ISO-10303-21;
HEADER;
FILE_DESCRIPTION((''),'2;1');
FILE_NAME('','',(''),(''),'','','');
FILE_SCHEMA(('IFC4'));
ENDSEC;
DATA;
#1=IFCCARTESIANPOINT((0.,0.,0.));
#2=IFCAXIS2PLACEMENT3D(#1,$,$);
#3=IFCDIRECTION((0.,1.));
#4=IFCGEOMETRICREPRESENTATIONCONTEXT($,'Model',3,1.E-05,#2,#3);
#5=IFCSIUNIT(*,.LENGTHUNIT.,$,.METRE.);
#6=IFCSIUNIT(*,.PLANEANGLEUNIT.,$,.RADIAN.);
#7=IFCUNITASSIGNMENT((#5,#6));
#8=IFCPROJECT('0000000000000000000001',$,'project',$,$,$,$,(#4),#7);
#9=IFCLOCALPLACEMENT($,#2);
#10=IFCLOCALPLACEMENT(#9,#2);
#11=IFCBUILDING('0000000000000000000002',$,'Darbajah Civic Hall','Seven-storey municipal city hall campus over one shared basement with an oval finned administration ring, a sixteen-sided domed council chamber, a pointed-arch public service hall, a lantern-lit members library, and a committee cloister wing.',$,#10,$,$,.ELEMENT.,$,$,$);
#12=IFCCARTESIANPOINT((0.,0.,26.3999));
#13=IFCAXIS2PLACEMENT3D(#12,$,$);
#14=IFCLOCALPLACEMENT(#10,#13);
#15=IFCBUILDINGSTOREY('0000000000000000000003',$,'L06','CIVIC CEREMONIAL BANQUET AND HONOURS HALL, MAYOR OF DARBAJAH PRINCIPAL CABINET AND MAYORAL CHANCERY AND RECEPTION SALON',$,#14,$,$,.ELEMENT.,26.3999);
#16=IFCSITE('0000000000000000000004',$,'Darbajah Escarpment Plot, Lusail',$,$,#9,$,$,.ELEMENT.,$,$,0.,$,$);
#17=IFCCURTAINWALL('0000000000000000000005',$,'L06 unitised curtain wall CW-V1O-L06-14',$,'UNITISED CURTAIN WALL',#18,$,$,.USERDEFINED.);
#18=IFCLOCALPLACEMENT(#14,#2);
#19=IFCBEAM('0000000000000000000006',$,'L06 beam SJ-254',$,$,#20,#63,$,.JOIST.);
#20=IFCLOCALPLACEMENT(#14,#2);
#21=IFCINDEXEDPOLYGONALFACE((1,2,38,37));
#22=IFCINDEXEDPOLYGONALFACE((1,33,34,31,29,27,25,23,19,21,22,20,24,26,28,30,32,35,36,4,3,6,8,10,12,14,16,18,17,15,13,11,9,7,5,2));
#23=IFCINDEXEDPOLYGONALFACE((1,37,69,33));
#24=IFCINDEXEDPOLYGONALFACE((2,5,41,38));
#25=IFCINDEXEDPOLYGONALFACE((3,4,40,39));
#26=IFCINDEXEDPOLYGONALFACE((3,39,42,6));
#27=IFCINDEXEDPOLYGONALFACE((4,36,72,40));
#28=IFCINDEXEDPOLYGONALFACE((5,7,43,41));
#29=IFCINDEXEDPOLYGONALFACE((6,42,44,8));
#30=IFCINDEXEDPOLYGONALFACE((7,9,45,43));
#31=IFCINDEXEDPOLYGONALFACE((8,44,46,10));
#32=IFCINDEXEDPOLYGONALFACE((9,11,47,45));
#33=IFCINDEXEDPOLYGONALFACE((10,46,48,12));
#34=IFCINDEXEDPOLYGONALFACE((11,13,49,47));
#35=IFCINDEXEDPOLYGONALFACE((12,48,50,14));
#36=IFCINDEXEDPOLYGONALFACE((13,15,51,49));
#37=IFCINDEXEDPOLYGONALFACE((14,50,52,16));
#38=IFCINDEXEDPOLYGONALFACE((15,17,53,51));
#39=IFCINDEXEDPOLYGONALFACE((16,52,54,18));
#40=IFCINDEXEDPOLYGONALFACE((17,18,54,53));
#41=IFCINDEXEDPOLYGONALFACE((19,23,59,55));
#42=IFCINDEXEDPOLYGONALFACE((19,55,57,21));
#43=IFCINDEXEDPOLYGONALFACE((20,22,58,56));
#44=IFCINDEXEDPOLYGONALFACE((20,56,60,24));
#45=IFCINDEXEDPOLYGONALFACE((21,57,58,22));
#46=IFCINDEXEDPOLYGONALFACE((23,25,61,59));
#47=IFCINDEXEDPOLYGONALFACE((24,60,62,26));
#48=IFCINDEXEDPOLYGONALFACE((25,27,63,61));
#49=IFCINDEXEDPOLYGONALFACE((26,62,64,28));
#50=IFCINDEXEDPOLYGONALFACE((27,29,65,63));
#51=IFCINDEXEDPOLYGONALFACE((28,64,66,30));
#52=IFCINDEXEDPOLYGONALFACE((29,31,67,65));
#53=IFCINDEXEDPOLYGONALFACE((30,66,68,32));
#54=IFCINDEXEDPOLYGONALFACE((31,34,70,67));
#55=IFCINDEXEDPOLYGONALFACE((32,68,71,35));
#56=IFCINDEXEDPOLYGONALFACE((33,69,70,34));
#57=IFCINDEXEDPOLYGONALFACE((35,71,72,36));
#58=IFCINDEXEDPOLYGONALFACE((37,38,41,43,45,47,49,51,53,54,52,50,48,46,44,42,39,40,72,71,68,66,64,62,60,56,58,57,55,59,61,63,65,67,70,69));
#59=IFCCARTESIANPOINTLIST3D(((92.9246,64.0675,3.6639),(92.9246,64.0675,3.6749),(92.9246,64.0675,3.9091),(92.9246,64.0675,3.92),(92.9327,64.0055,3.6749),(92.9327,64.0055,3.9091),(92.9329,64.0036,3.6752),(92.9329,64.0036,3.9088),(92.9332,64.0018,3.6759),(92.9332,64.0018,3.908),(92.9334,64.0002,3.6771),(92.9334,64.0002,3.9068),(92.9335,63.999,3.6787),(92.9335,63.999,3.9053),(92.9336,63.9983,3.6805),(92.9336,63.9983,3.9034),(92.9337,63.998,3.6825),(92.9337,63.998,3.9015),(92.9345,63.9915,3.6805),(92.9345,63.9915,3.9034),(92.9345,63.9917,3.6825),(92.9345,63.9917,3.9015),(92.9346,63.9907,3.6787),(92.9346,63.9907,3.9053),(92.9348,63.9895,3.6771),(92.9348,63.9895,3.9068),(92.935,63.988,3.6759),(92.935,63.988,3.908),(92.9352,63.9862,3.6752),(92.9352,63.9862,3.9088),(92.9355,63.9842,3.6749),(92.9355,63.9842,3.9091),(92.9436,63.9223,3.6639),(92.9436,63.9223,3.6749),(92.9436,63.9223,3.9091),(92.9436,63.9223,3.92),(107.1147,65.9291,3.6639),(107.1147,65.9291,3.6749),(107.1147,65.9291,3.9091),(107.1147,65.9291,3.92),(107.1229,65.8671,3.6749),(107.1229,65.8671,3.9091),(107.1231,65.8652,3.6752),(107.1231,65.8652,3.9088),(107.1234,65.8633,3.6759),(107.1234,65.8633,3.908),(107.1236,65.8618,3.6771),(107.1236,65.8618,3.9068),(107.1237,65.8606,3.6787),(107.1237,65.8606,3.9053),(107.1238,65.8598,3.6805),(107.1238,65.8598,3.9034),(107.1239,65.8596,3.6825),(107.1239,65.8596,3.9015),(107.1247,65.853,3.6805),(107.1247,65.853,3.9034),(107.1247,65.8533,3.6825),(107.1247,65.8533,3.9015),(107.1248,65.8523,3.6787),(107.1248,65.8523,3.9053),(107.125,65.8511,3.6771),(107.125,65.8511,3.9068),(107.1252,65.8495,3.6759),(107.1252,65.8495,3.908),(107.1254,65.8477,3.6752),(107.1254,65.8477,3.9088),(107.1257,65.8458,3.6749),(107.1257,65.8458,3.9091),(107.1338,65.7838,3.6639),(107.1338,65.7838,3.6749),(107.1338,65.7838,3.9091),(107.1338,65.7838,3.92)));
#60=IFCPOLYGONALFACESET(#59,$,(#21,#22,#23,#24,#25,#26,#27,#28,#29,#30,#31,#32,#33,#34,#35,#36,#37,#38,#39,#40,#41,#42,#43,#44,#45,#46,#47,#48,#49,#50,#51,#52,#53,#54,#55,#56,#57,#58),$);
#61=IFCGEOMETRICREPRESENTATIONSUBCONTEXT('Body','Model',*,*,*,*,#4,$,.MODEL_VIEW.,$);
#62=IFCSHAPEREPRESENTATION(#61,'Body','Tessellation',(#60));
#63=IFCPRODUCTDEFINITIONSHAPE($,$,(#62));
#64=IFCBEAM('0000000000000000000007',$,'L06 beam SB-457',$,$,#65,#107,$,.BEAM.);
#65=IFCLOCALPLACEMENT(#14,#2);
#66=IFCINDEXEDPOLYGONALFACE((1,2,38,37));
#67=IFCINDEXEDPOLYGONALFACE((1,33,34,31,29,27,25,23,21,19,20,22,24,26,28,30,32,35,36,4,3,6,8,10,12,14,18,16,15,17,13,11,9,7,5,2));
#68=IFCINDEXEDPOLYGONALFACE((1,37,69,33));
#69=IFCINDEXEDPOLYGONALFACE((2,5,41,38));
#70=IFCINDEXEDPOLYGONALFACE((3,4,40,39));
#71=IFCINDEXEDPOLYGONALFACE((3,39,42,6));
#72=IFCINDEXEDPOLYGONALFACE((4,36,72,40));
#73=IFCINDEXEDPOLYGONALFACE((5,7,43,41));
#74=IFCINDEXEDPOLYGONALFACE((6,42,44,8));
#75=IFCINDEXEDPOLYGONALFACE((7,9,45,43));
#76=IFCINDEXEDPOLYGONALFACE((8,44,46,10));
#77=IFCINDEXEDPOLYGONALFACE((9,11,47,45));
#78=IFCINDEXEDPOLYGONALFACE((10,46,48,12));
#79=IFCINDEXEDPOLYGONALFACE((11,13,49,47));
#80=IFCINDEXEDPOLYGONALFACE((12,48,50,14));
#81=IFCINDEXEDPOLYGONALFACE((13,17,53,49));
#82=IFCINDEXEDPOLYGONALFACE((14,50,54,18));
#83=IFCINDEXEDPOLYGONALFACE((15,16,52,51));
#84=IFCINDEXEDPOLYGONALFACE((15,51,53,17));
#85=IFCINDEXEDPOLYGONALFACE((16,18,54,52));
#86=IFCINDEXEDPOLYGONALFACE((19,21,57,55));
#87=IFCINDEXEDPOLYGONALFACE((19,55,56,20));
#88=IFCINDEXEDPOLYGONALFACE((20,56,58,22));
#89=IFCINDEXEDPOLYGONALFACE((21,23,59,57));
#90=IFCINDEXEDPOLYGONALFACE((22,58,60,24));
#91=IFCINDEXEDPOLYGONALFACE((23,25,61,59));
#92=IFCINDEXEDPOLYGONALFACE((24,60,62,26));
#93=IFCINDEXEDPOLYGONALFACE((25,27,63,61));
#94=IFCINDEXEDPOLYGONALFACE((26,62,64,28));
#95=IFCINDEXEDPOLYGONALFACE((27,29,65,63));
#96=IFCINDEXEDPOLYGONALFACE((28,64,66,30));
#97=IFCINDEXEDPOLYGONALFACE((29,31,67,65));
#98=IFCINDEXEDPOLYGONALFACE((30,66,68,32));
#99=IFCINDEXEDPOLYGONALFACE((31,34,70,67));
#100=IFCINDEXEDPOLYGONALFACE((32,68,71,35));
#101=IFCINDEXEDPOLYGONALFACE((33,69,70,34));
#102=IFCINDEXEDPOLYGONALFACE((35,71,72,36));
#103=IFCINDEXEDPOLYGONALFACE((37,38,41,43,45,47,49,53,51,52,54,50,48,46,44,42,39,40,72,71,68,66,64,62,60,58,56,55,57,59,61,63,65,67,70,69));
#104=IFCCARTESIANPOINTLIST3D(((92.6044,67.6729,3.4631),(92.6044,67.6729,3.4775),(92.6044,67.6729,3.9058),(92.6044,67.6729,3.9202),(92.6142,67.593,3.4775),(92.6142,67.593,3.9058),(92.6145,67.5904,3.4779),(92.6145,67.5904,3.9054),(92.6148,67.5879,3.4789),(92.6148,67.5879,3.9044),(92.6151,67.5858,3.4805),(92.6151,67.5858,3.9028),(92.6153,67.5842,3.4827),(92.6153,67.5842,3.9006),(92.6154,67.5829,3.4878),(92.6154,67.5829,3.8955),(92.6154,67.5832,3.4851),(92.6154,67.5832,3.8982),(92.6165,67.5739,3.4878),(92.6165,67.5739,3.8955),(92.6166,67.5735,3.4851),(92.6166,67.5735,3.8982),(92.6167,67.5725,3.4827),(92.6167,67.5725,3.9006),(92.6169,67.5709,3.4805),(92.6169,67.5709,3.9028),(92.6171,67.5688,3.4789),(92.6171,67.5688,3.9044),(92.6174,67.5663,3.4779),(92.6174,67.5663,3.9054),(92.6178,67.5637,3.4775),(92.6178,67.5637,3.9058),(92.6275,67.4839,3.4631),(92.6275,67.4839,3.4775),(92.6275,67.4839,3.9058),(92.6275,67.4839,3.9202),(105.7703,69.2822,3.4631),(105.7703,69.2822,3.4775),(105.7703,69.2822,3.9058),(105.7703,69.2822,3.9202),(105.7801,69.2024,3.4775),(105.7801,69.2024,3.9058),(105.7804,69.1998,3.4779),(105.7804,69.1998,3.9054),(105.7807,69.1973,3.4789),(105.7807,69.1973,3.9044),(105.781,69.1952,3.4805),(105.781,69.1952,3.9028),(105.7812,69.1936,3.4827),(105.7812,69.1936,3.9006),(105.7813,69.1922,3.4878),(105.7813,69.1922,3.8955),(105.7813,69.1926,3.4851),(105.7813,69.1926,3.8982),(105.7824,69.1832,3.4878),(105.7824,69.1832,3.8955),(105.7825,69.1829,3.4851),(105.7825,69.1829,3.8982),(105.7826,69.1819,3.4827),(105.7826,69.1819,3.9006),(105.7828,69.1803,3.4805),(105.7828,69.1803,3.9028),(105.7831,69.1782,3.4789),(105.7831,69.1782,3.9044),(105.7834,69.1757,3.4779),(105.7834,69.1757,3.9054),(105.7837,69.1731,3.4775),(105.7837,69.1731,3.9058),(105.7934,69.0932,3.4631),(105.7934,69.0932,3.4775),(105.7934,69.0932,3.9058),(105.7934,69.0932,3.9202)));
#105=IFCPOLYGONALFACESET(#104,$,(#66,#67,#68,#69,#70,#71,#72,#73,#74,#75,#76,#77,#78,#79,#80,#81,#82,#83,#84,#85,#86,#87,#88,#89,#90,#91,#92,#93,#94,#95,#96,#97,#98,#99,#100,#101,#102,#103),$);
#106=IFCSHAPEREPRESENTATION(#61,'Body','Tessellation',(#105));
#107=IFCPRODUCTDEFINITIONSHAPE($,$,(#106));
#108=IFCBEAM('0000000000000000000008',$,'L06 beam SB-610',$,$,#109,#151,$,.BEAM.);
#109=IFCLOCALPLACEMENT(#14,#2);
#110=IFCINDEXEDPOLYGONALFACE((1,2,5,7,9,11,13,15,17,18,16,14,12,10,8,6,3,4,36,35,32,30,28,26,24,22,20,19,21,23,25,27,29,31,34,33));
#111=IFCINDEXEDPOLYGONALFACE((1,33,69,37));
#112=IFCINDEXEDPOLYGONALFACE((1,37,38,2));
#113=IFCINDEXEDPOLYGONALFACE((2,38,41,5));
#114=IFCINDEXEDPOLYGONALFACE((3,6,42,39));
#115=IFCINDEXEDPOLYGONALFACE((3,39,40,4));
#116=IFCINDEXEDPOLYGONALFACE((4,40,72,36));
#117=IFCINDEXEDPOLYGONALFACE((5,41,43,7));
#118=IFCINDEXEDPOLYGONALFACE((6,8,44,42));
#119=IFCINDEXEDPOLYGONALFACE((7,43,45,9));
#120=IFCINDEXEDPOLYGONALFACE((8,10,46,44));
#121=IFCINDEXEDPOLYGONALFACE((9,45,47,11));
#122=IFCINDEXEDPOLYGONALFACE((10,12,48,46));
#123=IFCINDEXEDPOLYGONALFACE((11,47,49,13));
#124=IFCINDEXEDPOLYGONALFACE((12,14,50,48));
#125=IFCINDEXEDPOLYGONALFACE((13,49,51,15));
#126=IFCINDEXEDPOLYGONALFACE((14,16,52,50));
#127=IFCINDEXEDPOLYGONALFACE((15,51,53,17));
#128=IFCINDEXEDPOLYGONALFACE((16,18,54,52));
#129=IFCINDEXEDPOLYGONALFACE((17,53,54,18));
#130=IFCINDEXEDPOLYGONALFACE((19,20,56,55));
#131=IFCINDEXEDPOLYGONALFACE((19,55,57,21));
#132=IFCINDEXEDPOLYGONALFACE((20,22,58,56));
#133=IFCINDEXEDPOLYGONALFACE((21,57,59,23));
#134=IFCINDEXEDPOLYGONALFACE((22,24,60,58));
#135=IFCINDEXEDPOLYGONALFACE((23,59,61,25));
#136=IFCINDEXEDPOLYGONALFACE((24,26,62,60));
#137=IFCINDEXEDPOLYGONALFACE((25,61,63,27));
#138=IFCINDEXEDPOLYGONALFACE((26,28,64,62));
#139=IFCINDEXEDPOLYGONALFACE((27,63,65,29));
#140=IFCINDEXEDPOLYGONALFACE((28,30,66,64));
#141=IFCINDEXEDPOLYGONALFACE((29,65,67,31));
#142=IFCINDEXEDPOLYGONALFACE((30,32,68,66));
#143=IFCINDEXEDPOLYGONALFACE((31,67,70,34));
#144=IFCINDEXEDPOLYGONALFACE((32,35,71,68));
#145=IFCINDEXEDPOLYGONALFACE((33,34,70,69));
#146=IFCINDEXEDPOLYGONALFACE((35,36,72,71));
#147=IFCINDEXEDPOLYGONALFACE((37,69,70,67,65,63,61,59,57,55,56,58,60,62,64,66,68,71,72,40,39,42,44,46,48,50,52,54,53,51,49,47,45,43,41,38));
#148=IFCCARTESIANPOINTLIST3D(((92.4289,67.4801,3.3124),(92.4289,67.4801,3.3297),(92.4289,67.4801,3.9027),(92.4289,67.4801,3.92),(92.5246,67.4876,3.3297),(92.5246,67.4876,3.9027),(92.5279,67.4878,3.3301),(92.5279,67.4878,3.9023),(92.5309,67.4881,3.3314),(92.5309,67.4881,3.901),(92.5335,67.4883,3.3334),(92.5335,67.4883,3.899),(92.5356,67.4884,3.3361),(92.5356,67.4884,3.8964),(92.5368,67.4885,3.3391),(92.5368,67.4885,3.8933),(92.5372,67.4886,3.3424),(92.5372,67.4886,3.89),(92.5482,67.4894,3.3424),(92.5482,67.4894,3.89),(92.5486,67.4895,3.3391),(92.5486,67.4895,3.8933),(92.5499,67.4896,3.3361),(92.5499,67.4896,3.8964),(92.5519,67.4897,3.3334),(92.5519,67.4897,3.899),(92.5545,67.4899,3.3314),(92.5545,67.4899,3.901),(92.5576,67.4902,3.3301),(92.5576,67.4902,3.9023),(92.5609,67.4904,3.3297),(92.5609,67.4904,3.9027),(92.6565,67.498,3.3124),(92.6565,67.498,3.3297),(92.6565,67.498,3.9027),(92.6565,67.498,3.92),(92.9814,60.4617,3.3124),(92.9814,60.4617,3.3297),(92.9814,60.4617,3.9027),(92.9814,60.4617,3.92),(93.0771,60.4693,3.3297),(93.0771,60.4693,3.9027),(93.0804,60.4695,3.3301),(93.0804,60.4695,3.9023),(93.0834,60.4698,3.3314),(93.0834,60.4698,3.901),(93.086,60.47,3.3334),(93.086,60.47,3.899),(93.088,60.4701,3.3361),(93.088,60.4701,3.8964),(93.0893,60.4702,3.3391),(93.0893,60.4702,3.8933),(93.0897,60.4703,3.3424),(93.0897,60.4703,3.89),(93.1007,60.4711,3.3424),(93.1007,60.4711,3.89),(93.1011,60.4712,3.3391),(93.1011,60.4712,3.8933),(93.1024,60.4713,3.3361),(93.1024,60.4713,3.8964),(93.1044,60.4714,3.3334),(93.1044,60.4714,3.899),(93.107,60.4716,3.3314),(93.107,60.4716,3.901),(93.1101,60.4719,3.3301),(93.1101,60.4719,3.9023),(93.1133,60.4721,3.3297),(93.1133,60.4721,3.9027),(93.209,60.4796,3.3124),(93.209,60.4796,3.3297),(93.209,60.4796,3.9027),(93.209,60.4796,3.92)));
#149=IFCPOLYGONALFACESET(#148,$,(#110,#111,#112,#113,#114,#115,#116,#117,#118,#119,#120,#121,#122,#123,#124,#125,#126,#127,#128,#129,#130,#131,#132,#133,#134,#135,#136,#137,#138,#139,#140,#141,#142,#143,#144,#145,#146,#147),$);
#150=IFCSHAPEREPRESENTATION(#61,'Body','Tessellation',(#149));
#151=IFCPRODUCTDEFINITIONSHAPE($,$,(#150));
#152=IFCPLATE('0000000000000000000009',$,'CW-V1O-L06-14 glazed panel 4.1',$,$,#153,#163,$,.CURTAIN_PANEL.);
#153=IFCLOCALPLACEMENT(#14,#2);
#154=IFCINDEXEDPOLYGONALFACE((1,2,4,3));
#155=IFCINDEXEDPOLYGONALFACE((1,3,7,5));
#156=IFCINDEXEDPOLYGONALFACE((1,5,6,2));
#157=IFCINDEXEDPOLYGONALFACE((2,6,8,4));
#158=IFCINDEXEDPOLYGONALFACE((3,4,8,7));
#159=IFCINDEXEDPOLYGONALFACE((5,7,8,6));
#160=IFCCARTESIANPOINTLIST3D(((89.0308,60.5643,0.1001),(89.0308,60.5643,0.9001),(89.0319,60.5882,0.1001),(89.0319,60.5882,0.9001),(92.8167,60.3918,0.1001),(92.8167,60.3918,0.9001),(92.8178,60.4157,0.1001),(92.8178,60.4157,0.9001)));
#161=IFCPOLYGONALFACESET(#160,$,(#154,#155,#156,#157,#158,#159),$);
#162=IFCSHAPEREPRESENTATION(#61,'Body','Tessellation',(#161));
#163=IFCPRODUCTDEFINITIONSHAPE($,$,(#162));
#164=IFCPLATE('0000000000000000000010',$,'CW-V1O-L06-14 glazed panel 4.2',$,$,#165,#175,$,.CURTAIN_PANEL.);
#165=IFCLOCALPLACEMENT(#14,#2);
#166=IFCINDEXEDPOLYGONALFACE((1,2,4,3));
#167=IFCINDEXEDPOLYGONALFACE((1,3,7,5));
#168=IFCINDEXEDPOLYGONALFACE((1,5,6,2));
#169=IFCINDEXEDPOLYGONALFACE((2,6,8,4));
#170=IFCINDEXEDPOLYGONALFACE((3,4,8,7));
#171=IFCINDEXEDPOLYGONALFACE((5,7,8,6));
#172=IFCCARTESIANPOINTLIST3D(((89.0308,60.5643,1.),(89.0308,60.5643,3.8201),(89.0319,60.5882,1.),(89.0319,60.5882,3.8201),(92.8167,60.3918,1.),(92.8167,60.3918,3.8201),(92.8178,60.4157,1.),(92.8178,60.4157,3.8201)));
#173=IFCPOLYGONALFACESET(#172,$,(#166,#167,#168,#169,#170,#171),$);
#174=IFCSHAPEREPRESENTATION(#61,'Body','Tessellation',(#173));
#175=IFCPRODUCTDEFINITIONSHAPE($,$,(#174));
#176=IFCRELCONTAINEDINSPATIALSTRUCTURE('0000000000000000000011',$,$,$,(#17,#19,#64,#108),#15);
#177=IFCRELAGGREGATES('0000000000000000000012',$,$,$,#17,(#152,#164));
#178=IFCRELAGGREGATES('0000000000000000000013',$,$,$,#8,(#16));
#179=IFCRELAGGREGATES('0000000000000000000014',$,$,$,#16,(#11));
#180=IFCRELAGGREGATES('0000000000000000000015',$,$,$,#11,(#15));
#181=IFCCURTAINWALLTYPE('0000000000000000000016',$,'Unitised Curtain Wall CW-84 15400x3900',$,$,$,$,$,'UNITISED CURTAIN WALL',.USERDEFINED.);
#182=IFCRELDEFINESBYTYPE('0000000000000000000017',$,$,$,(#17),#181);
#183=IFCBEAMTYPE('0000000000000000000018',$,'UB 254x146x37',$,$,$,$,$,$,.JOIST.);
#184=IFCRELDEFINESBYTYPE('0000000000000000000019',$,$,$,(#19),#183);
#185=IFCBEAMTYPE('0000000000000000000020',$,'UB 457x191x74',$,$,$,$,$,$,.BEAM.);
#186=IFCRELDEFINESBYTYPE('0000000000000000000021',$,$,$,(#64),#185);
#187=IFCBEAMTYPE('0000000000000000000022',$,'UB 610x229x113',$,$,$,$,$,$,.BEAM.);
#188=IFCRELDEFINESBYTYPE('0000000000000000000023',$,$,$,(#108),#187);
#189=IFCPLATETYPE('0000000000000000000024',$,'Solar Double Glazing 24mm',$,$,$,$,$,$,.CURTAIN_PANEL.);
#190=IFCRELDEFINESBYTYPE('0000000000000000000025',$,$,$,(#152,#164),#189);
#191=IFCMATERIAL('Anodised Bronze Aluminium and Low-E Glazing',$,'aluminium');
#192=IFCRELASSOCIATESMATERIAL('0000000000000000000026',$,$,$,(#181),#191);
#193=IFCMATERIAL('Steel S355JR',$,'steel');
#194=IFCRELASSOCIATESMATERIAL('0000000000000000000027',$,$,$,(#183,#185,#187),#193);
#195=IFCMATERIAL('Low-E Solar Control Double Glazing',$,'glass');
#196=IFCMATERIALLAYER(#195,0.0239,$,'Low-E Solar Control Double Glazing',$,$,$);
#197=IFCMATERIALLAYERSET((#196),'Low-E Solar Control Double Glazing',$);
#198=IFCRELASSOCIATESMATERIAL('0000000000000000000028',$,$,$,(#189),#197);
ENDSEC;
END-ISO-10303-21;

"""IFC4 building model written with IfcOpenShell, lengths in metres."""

from ifc_helpers import new_model, si_unit, direction, frame, origin, origin_2d, place, context, subcontext, project, spatial, rectangle, i_section, extrude, material, layer, layer_set, material_profile, profile_set, type_object, element, aggregate, save


model = new_model("IFC4")

# Units and contexts
model_context = context("Model", 3, precision=1e-05, world=origin(), true_north=direction((0.0, 1.0)))
body_context = subcontext(model_context, "Body", "Model", "MODEL_VIEW")
ifc_project = project(units=[si_unit("LENGTHUNIT", "METRE"), si_unit("PLANEANGLEUNIT", "RADIAN")], contexts=[model_context])

# Site, building, storey
site_placement = place(None, origin())
site = spatial("IfcSite", under=ifc_project, at=site_placement, Name="Darbajah Escarpment Plot, Lusail", CompositionType="ELEMENT", RefElevation=0.0)
building_placement = place(site_placement, origin())
building = spatial("IfcBuilding", under=site, at=building_placement, Name="Darbajah Civic Hall", Description="Seven-storey municipal city hall campus over one shared basement with an oval finned administration ring, a sixteen-sided domed council chamber, a pointed-arch public service hall, a lantern-lit members library, and a committee cloister wing.", CompositionType="ELEMENT")
storey_placement = place(building_placement, frame((0.0, 0.0, 26.3999)))
storey = spatial("IfcBuildingStorey", under=building, at=storey_placement, Name="L06", Description="CIVIC CEREMONIAL BANQUET AND HONOURS HALL, MAYOR OF DARBAJAH PRINCIPAL CABINET AND MAYORAL CHANCERY AND RECEPTION SALON", CompositionType="ELEMENT", Elevation=26.3999)

# Curtain wall
ifc_material_1 = material(Name="Anodised Bronze Aluminium and Low-E Glazing", Category="aluminium")
curtain_wall_type_1 = type_object("IfcCurtainWallType", Name="Unitised Curtain Wall CW-84 15400x3900", ElementType="UNITISED CURTAIN WALL", PredefinedType="USERDEFINED", material=ifc_material_1)
curtain_wall_1_placement = place(storey_placement, origin())
curtain_wall_1 = element("IfcCurtainWall", 1, at=curtain_wall_1_placement, inside=storey, type_object=curtain_wall_type_1, Name="L06 unitised curtain wall CW-V1O-L06-14", ObjectType="UNITISED CURTAIN WALL", PredefinedType="USERDEFINED")

# Beams
ifc_material_2 = material(Name="Steel S355JR", Category="steel")
ifc_material_profile_1 = material_profile(ifc_material_2, i_section(OverallWidth=0.1465, OverallDepth=0.2561, WebThickness=0.0063, FlangeThickness=0.011, FilletRadius=0.0076, at=origin_2d()), Name="UB 254x146x37")
ifc_profile_set_1 = profile_set([ifc_material_profile_1], Name="Steel S355JR")
beam_type_1 = type_object("IfcBeamType", Name="UB 254x146x37", PredefinedType="JOIST", material=ifc_profile_set_1)
beam_1_placement = place(storey_placement, frame((92.9341, 63.9949, 3.792), z_axis=(0.991504, 0.130073, 0.0), x_axis=(-0.130073, 0.991504, 0.0)))
element("IfcBeam", 2, at=beam_1_placement, inside=storey, type_object=beam_type_1, Name="L06 beam SJ-254", PredefinedType="JOIST", context=body_context, shape_type="SweptSolid", body=[
    extrude(i_section(OverallWidth=0.1465, OverallDepth=0.2561, WebThickness=0.0063, FlangeThickness=0.011, FilletRadius=0.0076, at=origin_2d()), origin(), (0.0, 0.0, 1.0), 14.3118),
])
ifc_material_profile_2 = material_profile(ifc_material_2, i_section(OverallWidth=0.1904, OverallDepth=0.457, WebThickness=0.009, FlangeThickness=0.0144, FilletRadius=0.0103, at=origin_2d()), Name="UB 457x191x74")
ifc_profile_set_2 = profile_set([ifc_material_profile_2], Name="Steel S355JR")
beam_type_2 = type_object("IfcBeamType", Name="UB 457x191x74", PredefinedType="BEAM", material=ifc_profile_set_2)
beam_2_placement = place(storey_placement, frame((92.616, 67.5784, 3.6917), z_axis=(0.992612, 0.121334, 0.0), x_axis=(-0.121334, 0.992612, 0.0)))
element("IfcBeam", 3, at=beam_2_placement, inside=storey, type_object=beam_type_2, Name="L06 beam SB-457", PredefinedType="BEAM", context=body_context, shape_type="SweptSolid", body=[
    extrude(i_section(OverallWidth=0.1904, OverallDepth=0.457, WebThickness=0.009, FlangeThickness=0.0144, FilletRadius=0.0103, at=origin_2d()), origin(), (0.0, 0.0, 1.0), 13.2639),
])
ifc_material_profile_3 = material_profile(ifc_material_2, i_section(OverallWidth=0.2283, OverallDepth=0.6077, WebThickness=0.011, FlangeThickness=0.0173, FilletRadius=0.0127, at=origin_2d()), Name="UB 610x229x113")
ifc_profile_set_3 = profile_set([ifc_material_profile_3], Name="Steel S355JR")
beam_type_3 = type_object("IfcBeamType", Name="UB 610x229x113", PredefinedType="BEAM", material=ifc_profile_set_3)
beam_3_placement = place(storey_placement, frame((92.5427, 67.489, 3.6162), z_axis=(0.078478, -0.996916, 0.0), x_axis=(0.996916, 0.078478, 0.0)))
element("IfcBeam", 4, at=beam_3_placement, inside=storey, type_object=beam_type_3, Name="L06 beam SB-610", PredefinedType="BEAM", context=body_context, shape_type="SweptSolid", body=[
    extrude(i_section(OverallWidth=0.2283, OverallDepth=0.6077, WebThickness=0.011, FlangeThickness=0.0173, FilletRadius=0.0127, at=origin_2d()), origin(), (0.0, 0.0, 1.0), 7.04),
])

# Plates
ifc_material_3 = material(Name="Low-E Solar Control Double Glazing", Category="glass")
ifc_layer_1 = layer(ifc_material_3, 0.0239, Name="Low-E Solar Control Double Glazing")
ifc_layer_set_1 = layer_set([ifc_layer_1], Name="Low-E Solar Control Double Glazing")
plate_type = type_object("IfcPlateType", Name="Solar Double Glazing 24mm", PredefinedType="CURTAIN_PANEL", material=ifc_layer_set_1)
plate_1_placement = place(storey_placement, frame((90.9243, 60.49, 0.1001), z_axis=(0.0, 0.0, 1.0), x_axis=(0.998963, -0.045537, 0.0)))
plate_1 = element("IfcPlate", 5, at=plate_1_placement, type_object=plate_type, Name="CW-V1O-L06-14 glazed panel 4.1", PredefinedType="CURTAIN_PANEL", context=body_context, shape_type="SweptSolid", body=[
    extrude(rectangle(XDim=3.7898, YDim=0.0239, at=origin_2d()), origin(), (0.0, 0.0, 1.0), 0.8),
])
plate_2_placement = place(storey_placement, frame((90.9243, 60.49, 1.0), z_axis=(0.0, 0.0, 1.0), x_axis=(0.998963, -0.045537, 0.0)))
plate_2 = element("IfcPlate", 6, at=plate_2_placement, type_object=plate_type, Name="CW-V1O-L06-14 glazed panel 4.2", PredefinedType="CURTAIN_PANEL", context=body_context, shape_type="SweptSolid", body=[
    extrude(rectangle(XDim=3.7898, YDim=0.0239, at=origin_2d()), origin(), (0.0, 0.0, 1.0), 2.8201),
])
aggregate(curtain_wall_1, [plate_1, plate_2])

save(model, "model.ifc")
